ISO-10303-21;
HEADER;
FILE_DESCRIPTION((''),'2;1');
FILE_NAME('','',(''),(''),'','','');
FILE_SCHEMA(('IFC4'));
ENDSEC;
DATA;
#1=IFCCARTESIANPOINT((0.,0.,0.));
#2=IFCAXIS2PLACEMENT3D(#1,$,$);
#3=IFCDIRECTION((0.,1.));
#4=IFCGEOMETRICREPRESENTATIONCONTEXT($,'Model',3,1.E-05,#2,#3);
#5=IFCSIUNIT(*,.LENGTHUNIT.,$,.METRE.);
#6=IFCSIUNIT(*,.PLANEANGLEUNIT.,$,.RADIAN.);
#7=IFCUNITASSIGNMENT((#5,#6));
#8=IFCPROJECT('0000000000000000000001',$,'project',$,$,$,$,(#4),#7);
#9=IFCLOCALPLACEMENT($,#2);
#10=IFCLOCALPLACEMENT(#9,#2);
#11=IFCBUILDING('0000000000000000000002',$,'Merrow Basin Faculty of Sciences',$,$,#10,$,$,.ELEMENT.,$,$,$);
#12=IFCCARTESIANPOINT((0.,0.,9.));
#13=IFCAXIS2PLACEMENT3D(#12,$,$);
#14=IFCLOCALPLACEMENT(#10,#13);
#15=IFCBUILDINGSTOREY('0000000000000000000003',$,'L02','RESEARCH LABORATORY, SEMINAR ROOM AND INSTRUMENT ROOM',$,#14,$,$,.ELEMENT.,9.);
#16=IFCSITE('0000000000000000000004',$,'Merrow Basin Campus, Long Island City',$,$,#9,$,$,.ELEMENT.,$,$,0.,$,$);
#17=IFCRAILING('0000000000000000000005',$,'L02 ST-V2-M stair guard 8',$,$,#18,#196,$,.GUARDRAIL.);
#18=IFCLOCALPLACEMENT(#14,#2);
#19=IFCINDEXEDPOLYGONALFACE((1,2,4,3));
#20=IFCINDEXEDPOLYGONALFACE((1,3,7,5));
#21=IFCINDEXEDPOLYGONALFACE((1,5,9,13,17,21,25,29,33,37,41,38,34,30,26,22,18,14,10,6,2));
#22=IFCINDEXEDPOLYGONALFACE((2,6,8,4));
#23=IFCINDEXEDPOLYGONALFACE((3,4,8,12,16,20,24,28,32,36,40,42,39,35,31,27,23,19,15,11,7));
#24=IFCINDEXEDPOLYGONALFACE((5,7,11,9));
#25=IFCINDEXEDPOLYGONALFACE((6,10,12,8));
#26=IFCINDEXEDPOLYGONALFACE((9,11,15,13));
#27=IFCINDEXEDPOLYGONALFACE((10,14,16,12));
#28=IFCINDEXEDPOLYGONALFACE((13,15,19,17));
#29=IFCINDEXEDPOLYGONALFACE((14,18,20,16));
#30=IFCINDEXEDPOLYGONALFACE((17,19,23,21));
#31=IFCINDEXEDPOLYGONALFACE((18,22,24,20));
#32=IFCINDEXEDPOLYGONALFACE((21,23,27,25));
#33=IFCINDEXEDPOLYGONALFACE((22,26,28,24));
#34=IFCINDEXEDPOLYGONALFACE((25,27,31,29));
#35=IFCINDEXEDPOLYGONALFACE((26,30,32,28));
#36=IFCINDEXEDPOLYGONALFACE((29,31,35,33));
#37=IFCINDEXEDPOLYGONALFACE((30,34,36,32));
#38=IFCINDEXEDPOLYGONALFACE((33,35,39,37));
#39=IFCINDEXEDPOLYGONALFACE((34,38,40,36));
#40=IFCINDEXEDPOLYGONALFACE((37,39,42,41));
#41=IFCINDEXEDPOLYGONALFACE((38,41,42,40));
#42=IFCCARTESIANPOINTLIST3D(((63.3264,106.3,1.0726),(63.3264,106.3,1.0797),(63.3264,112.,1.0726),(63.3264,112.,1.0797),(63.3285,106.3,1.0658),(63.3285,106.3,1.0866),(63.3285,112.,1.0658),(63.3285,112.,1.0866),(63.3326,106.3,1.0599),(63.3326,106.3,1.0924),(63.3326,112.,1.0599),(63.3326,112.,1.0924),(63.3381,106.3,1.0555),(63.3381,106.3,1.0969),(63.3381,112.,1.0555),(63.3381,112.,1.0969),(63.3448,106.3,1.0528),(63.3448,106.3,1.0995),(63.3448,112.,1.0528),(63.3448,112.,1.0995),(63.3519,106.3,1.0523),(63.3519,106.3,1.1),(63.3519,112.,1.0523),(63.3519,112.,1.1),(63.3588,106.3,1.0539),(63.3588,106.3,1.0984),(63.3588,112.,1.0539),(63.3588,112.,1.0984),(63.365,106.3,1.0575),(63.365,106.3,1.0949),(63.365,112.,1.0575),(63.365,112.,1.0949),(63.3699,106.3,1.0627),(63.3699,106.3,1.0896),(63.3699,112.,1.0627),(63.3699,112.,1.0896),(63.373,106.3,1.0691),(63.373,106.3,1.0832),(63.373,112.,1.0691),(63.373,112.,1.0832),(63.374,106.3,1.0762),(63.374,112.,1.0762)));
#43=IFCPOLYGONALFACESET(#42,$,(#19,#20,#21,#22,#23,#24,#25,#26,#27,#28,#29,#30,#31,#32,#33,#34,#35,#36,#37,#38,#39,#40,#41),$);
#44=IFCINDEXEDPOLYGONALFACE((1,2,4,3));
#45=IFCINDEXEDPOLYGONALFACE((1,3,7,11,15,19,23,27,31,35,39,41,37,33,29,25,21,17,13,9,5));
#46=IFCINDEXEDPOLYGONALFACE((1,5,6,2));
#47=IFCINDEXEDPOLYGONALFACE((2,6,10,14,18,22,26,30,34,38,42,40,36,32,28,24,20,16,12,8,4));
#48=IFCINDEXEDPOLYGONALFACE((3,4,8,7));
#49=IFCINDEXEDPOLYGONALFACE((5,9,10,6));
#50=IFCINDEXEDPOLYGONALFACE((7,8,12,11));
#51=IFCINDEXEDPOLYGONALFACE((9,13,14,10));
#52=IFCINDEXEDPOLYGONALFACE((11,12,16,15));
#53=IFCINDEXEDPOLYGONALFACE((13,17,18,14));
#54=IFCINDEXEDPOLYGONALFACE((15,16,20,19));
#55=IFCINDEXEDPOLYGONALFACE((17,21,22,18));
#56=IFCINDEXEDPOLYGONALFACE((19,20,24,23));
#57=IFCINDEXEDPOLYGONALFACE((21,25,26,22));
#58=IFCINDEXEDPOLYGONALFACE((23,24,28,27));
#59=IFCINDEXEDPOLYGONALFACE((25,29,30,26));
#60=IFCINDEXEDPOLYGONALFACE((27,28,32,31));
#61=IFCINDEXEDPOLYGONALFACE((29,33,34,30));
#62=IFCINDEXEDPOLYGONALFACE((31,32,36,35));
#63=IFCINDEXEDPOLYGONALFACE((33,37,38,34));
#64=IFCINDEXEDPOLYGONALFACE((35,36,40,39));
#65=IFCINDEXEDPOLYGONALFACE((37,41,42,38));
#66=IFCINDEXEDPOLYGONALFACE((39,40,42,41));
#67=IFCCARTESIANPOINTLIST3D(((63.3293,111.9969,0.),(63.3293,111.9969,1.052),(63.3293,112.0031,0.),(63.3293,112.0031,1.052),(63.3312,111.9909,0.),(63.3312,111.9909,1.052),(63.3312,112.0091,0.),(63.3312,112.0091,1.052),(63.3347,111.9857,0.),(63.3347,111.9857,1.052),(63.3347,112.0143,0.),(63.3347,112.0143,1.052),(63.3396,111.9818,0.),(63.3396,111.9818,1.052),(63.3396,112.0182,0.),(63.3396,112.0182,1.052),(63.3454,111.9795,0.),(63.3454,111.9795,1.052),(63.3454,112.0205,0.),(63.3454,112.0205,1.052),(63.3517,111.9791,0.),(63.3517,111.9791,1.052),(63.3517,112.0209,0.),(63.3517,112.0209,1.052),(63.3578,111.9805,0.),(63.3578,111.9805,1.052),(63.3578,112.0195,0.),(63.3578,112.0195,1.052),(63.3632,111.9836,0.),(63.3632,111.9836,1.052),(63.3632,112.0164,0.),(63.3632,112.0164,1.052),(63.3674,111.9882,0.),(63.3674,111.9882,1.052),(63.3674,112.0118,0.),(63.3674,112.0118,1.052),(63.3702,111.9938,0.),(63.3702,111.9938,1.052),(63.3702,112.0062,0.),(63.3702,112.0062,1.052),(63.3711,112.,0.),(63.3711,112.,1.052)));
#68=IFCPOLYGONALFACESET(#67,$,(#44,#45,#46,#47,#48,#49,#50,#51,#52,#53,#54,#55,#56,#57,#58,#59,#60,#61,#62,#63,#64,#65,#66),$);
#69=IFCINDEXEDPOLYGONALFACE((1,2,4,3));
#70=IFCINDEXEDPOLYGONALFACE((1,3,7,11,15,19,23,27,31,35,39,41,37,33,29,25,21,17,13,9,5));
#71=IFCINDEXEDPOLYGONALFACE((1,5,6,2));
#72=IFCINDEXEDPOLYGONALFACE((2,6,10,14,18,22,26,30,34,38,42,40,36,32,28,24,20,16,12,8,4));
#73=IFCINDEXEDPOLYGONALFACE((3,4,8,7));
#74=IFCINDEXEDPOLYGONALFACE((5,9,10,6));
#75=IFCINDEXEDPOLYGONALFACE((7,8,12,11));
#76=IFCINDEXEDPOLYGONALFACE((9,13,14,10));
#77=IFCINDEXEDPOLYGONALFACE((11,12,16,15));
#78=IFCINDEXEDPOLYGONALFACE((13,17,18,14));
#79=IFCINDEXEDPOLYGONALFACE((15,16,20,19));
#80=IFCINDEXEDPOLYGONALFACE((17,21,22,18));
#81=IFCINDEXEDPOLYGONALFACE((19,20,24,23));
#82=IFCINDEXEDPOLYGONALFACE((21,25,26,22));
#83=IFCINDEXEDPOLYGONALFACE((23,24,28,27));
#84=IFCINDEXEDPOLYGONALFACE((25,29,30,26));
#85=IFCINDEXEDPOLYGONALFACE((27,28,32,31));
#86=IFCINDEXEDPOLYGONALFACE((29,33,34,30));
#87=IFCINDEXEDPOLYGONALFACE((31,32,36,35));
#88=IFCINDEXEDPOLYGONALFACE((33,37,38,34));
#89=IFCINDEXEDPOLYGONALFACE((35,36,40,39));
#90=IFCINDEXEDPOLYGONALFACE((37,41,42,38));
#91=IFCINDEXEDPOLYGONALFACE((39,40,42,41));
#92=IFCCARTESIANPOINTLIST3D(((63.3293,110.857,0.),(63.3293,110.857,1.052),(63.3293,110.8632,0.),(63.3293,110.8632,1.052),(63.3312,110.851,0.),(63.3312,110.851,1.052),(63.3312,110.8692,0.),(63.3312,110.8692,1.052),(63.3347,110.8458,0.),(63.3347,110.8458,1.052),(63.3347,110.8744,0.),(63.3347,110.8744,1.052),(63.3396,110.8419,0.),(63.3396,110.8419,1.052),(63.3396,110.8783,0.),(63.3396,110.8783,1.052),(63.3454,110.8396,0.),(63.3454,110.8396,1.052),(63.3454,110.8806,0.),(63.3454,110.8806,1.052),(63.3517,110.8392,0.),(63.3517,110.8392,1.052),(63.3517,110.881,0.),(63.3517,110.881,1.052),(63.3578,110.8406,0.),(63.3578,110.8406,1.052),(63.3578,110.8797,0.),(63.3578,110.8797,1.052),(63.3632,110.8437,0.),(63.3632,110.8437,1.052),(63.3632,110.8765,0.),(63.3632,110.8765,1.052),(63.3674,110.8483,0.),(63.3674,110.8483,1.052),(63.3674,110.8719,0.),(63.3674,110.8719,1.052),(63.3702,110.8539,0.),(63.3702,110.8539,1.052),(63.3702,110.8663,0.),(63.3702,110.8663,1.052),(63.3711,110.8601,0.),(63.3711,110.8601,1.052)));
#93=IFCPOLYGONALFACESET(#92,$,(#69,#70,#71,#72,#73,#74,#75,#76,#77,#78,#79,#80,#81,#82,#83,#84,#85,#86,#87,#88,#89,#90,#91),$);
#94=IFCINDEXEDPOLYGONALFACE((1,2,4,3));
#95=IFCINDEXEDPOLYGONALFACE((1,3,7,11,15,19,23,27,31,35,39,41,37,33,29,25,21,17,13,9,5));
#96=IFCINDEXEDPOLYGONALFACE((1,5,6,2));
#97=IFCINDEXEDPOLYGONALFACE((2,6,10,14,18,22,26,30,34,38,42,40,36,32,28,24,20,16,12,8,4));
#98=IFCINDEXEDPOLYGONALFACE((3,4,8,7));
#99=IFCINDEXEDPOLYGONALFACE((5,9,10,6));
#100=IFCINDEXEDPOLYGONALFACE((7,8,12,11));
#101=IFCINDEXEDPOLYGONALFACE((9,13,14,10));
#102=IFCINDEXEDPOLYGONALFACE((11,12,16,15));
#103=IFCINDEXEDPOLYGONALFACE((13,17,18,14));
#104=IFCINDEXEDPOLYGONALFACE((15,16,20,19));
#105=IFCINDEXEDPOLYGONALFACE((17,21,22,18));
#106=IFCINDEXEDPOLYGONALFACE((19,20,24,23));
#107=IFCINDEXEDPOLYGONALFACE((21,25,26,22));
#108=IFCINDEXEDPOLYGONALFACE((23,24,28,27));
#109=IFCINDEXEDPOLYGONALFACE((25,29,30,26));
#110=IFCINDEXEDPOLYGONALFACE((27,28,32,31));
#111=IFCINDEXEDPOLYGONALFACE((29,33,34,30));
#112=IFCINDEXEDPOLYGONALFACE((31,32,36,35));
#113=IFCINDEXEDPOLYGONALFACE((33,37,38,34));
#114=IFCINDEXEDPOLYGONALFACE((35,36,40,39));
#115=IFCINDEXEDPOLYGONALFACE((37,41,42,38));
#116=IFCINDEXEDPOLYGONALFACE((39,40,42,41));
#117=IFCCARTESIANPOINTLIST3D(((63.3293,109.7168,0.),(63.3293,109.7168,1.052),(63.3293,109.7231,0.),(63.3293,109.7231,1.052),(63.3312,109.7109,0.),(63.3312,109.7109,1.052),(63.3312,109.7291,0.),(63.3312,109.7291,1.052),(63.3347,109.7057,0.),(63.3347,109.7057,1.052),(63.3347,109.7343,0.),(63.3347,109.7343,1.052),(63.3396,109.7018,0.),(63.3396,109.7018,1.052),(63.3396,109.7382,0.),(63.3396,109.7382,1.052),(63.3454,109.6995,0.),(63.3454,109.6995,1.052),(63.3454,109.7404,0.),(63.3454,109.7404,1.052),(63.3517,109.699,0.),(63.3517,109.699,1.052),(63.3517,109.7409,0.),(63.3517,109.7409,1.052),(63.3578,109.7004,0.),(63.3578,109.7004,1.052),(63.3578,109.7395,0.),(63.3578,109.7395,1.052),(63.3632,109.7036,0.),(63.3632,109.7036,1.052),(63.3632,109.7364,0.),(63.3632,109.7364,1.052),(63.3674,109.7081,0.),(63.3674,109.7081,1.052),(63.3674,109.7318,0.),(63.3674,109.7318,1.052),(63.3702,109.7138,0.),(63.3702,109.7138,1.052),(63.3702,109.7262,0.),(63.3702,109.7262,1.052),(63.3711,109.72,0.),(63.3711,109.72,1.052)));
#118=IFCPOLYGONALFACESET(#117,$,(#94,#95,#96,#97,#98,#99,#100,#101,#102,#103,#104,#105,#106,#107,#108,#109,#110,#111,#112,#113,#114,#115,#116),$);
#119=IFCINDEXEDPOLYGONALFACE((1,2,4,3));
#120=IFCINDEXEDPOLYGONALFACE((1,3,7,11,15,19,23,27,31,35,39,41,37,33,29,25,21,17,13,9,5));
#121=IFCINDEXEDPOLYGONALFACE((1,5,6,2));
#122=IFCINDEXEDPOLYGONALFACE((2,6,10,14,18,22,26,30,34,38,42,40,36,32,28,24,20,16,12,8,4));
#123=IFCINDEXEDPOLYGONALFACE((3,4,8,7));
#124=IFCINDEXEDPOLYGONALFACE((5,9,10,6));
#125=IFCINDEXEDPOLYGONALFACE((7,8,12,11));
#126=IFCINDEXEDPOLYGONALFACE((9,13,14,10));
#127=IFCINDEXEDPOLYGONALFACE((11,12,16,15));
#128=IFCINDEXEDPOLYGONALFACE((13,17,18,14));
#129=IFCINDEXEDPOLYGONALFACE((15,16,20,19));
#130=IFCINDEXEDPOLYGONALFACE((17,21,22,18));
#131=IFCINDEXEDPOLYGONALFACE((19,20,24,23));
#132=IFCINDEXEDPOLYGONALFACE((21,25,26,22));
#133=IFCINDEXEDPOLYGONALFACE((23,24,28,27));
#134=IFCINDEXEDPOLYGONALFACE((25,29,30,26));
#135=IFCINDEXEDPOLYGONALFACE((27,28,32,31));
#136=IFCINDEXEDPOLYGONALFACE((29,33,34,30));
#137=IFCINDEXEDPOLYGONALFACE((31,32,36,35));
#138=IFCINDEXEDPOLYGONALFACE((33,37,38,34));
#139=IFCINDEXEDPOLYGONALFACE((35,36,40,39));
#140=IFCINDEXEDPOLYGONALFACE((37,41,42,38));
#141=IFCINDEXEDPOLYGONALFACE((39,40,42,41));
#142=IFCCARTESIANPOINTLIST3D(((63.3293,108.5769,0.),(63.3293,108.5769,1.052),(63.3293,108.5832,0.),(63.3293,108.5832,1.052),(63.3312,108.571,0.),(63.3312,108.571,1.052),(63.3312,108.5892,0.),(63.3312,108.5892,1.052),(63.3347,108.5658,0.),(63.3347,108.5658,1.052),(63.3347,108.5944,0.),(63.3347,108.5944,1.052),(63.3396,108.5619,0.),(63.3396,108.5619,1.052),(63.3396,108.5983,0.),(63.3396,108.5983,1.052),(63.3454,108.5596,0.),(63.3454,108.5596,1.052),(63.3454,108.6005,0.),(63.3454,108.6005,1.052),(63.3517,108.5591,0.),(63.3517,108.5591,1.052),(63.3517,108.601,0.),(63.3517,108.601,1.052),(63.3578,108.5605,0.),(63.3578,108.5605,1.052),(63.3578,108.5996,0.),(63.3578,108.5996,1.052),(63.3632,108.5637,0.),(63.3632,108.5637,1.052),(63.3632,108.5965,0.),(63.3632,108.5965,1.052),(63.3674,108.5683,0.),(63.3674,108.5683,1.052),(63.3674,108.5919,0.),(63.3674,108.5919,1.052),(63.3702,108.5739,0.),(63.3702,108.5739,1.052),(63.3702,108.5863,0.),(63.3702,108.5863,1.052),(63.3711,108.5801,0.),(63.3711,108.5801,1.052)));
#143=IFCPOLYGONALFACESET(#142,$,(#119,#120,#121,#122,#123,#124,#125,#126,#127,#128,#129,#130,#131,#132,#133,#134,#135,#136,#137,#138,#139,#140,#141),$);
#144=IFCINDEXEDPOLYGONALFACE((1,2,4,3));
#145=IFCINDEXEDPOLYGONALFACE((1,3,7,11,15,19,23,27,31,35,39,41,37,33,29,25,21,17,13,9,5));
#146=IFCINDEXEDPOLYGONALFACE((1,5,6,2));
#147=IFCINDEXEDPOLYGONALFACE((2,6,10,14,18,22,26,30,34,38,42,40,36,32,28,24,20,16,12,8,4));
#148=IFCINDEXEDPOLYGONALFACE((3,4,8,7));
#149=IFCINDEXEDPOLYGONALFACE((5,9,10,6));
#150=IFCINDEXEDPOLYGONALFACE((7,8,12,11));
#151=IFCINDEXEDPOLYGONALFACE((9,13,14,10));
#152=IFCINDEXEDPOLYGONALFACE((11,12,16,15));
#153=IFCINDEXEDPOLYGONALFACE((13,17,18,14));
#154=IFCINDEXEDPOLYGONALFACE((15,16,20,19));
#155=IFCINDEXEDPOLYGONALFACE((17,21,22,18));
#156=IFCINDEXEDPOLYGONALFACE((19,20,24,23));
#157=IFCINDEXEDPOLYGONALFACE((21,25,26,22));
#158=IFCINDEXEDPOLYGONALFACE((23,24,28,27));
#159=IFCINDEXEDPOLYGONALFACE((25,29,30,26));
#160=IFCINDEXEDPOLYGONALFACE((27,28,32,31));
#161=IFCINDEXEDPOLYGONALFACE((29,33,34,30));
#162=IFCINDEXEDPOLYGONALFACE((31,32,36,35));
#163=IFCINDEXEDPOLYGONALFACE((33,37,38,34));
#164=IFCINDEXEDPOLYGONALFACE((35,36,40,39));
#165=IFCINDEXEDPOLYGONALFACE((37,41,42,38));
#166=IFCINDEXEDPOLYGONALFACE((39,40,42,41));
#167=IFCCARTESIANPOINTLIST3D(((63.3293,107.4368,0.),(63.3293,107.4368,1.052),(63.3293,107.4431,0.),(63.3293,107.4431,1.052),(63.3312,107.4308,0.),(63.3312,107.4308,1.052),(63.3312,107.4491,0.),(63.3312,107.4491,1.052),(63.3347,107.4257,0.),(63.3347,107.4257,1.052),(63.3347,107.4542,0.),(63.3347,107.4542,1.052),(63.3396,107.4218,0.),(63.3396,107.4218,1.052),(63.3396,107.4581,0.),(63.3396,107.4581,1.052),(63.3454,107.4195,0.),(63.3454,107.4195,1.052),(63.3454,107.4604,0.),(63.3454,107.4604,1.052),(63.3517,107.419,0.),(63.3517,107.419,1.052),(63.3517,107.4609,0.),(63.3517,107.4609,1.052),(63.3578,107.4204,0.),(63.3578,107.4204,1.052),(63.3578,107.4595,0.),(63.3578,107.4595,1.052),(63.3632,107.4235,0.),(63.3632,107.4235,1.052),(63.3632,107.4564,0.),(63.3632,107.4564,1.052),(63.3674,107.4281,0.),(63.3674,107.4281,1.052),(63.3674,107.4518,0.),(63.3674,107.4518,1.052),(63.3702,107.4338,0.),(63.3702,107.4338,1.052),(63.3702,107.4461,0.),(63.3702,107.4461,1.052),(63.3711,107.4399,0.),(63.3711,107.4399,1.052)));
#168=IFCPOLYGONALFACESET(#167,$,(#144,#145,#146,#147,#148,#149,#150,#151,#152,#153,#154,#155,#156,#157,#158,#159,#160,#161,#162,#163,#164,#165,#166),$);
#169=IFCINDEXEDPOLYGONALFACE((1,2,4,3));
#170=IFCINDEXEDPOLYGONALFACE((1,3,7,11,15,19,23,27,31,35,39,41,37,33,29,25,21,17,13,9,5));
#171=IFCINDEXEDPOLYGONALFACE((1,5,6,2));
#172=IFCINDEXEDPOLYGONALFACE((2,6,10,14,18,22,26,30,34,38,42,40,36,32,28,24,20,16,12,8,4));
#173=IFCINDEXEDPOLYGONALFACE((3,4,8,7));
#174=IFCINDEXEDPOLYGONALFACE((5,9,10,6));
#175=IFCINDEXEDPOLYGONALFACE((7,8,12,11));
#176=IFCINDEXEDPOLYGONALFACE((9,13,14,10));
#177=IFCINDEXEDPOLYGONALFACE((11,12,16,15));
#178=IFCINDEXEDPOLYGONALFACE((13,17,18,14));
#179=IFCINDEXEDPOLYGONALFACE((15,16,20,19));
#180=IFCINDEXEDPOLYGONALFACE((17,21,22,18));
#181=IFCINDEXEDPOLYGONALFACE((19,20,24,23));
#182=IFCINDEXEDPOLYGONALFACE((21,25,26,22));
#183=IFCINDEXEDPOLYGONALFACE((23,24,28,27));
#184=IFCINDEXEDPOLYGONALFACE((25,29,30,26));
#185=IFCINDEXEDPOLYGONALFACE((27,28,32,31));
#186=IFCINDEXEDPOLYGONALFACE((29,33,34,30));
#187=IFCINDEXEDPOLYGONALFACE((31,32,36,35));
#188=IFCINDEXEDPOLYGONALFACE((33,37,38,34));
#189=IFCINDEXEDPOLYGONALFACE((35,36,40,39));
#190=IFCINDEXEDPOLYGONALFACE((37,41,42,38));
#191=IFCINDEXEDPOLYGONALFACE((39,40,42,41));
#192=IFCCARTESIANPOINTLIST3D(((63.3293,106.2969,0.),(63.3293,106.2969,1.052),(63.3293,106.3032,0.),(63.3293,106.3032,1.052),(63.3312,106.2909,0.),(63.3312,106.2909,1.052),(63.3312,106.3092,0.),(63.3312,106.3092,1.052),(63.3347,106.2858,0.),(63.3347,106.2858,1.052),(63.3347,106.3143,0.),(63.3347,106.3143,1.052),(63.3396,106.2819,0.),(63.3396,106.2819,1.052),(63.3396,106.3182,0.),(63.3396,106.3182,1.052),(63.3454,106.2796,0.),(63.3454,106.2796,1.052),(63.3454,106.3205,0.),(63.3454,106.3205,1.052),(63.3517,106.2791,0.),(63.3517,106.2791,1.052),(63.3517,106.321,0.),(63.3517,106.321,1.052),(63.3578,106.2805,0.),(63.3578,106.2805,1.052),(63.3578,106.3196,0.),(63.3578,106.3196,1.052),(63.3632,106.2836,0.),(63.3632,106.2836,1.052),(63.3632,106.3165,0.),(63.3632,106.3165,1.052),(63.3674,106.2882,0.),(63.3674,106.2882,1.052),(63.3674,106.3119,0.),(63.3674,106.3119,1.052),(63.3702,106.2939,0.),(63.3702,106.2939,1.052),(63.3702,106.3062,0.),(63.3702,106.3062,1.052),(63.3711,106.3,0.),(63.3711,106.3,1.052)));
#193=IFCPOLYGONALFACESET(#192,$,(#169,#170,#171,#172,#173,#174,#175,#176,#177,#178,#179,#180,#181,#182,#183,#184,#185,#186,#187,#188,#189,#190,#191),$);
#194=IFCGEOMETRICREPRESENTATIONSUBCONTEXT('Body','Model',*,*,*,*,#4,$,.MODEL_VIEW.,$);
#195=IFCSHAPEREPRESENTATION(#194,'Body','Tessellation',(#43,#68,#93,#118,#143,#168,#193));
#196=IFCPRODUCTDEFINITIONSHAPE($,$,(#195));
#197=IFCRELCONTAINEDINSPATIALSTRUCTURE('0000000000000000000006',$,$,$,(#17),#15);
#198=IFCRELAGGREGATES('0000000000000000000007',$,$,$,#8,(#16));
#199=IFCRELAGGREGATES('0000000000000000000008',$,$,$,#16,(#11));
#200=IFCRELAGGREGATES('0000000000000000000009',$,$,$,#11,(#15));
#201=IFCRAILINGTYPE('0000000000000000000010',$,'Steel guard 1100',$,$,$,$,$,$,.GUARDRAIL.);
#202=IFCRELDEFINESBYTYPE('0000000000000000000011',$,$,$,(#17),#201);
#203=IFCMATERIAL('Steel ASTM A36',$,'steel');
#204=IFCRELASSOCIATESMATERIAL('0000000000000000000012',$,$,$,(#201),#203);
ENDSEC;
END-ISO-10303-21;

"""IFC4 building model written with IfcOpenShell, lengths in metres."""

from ifc_helpers import new_model, si_unit, direction, frame, origin, origin_2d, place, context, subcontext, project, spatial, circle, extrude, material, type_object, element, save


model = new_model("IFC4")

# Units and contexts
model_context = context("Model", 3, precision=1e-05, world=origin(), true_north=direction((0.0, 1.0)))
body_context = subcontext(model_context, "Body", "Model", "MODEL_VIEW")
ifc_project = project(units=[si_unit("LENGTHUNIT", "METRE"), si_unit("PLANEANGLEUNIT", "RADIAN")], contexts=[model_context])

# Site, building, storey
site_placement = place(None, origin())
site = spatial("IfcSite", under=ifc_project, at=site_placement, Name="Merrow Basin Campus, Long Island City", CompositionType="ELEMENT", RefElevation=0.0)
building_placement = place(site_placement, origin())
building = spatial("IfcBuilding", under=site, at=building_placement, Name="Merrow Basin Faculty of Sciences", CompositionType="ELEMENT")
storey_placement = place(building_placement, frame((0.0, 0.0, 9.0)))
storey = spatial("IfcBuildingStorey", under=building, at=storey_placement, Name="L02", Description="RESEARCH LABORATORY, SEMINAR ROOM AND INSTRUMENT ROOM", CompositionType="ELEMENT", Elevation=9.0)

# Railing
ifc_material_1 = material(Name="Steel ASTM A36", Category="steel")
railing_type_1 = type_object("IfcRailingType", Name="Steel guard 1100", PredefinedType="GUARDRAIL", material=ifc_material_1)
railing_1_placement = place(storey_placement, frame((63.3501, 112.0, 0.0)))
element("IfcRailing", 1, at=railing_1_placement, inside=storey, type_object=railing_type_1, Name="L02 ST-V2-M stair guard 8", PredefinedType="GUARDRAIL", context=body_context, shape_type="SweptSolid", body=[
    extrude(circle(Radius=0.0239, at=origin_2d()), frame((0.0, 0.0, 1.0762), z_axis=(0.0, -1.0, 0.0), x_axis=(1.0, 0.0, 0.0)), (0.0, 0.0, 1.0), 5.7),
    extrude(circle(Radius=0.021, at=origin_2d()), origin(), (0.0, 0.0, 1.0), 1.052),
    extrude(circle(Radius=0.021, at=origin_2d()), frame((0.0, -1.1399, 0.0)), (0.0, 0.0, 1.0), 1.052),
    extrude(circle(Radius=0.021, at=origin_2d()), frame((0.0, -2.28, 0.0)), (0.0, 0.0, 1.0), 1.052),
    extrude(circle(Radius=0.021, at=origin_2d()), frame((0.0, -3.4199, 0.0)), (0.0, 0.0, 1.0), 1.052),
    extrude(circle(Radius=0.021, at=origin_2d()), frame((0.0, -4.5601, 0.0)), (0.0, 0.0, 1.0), 1.052),
    extrude(circle(Radius=0.021, at=origin_2d()), frame((0.0, -5.7, 0.0)), (0.0, 0.0, 1.0), 1.052),
])

save(model, "model.ifc")
